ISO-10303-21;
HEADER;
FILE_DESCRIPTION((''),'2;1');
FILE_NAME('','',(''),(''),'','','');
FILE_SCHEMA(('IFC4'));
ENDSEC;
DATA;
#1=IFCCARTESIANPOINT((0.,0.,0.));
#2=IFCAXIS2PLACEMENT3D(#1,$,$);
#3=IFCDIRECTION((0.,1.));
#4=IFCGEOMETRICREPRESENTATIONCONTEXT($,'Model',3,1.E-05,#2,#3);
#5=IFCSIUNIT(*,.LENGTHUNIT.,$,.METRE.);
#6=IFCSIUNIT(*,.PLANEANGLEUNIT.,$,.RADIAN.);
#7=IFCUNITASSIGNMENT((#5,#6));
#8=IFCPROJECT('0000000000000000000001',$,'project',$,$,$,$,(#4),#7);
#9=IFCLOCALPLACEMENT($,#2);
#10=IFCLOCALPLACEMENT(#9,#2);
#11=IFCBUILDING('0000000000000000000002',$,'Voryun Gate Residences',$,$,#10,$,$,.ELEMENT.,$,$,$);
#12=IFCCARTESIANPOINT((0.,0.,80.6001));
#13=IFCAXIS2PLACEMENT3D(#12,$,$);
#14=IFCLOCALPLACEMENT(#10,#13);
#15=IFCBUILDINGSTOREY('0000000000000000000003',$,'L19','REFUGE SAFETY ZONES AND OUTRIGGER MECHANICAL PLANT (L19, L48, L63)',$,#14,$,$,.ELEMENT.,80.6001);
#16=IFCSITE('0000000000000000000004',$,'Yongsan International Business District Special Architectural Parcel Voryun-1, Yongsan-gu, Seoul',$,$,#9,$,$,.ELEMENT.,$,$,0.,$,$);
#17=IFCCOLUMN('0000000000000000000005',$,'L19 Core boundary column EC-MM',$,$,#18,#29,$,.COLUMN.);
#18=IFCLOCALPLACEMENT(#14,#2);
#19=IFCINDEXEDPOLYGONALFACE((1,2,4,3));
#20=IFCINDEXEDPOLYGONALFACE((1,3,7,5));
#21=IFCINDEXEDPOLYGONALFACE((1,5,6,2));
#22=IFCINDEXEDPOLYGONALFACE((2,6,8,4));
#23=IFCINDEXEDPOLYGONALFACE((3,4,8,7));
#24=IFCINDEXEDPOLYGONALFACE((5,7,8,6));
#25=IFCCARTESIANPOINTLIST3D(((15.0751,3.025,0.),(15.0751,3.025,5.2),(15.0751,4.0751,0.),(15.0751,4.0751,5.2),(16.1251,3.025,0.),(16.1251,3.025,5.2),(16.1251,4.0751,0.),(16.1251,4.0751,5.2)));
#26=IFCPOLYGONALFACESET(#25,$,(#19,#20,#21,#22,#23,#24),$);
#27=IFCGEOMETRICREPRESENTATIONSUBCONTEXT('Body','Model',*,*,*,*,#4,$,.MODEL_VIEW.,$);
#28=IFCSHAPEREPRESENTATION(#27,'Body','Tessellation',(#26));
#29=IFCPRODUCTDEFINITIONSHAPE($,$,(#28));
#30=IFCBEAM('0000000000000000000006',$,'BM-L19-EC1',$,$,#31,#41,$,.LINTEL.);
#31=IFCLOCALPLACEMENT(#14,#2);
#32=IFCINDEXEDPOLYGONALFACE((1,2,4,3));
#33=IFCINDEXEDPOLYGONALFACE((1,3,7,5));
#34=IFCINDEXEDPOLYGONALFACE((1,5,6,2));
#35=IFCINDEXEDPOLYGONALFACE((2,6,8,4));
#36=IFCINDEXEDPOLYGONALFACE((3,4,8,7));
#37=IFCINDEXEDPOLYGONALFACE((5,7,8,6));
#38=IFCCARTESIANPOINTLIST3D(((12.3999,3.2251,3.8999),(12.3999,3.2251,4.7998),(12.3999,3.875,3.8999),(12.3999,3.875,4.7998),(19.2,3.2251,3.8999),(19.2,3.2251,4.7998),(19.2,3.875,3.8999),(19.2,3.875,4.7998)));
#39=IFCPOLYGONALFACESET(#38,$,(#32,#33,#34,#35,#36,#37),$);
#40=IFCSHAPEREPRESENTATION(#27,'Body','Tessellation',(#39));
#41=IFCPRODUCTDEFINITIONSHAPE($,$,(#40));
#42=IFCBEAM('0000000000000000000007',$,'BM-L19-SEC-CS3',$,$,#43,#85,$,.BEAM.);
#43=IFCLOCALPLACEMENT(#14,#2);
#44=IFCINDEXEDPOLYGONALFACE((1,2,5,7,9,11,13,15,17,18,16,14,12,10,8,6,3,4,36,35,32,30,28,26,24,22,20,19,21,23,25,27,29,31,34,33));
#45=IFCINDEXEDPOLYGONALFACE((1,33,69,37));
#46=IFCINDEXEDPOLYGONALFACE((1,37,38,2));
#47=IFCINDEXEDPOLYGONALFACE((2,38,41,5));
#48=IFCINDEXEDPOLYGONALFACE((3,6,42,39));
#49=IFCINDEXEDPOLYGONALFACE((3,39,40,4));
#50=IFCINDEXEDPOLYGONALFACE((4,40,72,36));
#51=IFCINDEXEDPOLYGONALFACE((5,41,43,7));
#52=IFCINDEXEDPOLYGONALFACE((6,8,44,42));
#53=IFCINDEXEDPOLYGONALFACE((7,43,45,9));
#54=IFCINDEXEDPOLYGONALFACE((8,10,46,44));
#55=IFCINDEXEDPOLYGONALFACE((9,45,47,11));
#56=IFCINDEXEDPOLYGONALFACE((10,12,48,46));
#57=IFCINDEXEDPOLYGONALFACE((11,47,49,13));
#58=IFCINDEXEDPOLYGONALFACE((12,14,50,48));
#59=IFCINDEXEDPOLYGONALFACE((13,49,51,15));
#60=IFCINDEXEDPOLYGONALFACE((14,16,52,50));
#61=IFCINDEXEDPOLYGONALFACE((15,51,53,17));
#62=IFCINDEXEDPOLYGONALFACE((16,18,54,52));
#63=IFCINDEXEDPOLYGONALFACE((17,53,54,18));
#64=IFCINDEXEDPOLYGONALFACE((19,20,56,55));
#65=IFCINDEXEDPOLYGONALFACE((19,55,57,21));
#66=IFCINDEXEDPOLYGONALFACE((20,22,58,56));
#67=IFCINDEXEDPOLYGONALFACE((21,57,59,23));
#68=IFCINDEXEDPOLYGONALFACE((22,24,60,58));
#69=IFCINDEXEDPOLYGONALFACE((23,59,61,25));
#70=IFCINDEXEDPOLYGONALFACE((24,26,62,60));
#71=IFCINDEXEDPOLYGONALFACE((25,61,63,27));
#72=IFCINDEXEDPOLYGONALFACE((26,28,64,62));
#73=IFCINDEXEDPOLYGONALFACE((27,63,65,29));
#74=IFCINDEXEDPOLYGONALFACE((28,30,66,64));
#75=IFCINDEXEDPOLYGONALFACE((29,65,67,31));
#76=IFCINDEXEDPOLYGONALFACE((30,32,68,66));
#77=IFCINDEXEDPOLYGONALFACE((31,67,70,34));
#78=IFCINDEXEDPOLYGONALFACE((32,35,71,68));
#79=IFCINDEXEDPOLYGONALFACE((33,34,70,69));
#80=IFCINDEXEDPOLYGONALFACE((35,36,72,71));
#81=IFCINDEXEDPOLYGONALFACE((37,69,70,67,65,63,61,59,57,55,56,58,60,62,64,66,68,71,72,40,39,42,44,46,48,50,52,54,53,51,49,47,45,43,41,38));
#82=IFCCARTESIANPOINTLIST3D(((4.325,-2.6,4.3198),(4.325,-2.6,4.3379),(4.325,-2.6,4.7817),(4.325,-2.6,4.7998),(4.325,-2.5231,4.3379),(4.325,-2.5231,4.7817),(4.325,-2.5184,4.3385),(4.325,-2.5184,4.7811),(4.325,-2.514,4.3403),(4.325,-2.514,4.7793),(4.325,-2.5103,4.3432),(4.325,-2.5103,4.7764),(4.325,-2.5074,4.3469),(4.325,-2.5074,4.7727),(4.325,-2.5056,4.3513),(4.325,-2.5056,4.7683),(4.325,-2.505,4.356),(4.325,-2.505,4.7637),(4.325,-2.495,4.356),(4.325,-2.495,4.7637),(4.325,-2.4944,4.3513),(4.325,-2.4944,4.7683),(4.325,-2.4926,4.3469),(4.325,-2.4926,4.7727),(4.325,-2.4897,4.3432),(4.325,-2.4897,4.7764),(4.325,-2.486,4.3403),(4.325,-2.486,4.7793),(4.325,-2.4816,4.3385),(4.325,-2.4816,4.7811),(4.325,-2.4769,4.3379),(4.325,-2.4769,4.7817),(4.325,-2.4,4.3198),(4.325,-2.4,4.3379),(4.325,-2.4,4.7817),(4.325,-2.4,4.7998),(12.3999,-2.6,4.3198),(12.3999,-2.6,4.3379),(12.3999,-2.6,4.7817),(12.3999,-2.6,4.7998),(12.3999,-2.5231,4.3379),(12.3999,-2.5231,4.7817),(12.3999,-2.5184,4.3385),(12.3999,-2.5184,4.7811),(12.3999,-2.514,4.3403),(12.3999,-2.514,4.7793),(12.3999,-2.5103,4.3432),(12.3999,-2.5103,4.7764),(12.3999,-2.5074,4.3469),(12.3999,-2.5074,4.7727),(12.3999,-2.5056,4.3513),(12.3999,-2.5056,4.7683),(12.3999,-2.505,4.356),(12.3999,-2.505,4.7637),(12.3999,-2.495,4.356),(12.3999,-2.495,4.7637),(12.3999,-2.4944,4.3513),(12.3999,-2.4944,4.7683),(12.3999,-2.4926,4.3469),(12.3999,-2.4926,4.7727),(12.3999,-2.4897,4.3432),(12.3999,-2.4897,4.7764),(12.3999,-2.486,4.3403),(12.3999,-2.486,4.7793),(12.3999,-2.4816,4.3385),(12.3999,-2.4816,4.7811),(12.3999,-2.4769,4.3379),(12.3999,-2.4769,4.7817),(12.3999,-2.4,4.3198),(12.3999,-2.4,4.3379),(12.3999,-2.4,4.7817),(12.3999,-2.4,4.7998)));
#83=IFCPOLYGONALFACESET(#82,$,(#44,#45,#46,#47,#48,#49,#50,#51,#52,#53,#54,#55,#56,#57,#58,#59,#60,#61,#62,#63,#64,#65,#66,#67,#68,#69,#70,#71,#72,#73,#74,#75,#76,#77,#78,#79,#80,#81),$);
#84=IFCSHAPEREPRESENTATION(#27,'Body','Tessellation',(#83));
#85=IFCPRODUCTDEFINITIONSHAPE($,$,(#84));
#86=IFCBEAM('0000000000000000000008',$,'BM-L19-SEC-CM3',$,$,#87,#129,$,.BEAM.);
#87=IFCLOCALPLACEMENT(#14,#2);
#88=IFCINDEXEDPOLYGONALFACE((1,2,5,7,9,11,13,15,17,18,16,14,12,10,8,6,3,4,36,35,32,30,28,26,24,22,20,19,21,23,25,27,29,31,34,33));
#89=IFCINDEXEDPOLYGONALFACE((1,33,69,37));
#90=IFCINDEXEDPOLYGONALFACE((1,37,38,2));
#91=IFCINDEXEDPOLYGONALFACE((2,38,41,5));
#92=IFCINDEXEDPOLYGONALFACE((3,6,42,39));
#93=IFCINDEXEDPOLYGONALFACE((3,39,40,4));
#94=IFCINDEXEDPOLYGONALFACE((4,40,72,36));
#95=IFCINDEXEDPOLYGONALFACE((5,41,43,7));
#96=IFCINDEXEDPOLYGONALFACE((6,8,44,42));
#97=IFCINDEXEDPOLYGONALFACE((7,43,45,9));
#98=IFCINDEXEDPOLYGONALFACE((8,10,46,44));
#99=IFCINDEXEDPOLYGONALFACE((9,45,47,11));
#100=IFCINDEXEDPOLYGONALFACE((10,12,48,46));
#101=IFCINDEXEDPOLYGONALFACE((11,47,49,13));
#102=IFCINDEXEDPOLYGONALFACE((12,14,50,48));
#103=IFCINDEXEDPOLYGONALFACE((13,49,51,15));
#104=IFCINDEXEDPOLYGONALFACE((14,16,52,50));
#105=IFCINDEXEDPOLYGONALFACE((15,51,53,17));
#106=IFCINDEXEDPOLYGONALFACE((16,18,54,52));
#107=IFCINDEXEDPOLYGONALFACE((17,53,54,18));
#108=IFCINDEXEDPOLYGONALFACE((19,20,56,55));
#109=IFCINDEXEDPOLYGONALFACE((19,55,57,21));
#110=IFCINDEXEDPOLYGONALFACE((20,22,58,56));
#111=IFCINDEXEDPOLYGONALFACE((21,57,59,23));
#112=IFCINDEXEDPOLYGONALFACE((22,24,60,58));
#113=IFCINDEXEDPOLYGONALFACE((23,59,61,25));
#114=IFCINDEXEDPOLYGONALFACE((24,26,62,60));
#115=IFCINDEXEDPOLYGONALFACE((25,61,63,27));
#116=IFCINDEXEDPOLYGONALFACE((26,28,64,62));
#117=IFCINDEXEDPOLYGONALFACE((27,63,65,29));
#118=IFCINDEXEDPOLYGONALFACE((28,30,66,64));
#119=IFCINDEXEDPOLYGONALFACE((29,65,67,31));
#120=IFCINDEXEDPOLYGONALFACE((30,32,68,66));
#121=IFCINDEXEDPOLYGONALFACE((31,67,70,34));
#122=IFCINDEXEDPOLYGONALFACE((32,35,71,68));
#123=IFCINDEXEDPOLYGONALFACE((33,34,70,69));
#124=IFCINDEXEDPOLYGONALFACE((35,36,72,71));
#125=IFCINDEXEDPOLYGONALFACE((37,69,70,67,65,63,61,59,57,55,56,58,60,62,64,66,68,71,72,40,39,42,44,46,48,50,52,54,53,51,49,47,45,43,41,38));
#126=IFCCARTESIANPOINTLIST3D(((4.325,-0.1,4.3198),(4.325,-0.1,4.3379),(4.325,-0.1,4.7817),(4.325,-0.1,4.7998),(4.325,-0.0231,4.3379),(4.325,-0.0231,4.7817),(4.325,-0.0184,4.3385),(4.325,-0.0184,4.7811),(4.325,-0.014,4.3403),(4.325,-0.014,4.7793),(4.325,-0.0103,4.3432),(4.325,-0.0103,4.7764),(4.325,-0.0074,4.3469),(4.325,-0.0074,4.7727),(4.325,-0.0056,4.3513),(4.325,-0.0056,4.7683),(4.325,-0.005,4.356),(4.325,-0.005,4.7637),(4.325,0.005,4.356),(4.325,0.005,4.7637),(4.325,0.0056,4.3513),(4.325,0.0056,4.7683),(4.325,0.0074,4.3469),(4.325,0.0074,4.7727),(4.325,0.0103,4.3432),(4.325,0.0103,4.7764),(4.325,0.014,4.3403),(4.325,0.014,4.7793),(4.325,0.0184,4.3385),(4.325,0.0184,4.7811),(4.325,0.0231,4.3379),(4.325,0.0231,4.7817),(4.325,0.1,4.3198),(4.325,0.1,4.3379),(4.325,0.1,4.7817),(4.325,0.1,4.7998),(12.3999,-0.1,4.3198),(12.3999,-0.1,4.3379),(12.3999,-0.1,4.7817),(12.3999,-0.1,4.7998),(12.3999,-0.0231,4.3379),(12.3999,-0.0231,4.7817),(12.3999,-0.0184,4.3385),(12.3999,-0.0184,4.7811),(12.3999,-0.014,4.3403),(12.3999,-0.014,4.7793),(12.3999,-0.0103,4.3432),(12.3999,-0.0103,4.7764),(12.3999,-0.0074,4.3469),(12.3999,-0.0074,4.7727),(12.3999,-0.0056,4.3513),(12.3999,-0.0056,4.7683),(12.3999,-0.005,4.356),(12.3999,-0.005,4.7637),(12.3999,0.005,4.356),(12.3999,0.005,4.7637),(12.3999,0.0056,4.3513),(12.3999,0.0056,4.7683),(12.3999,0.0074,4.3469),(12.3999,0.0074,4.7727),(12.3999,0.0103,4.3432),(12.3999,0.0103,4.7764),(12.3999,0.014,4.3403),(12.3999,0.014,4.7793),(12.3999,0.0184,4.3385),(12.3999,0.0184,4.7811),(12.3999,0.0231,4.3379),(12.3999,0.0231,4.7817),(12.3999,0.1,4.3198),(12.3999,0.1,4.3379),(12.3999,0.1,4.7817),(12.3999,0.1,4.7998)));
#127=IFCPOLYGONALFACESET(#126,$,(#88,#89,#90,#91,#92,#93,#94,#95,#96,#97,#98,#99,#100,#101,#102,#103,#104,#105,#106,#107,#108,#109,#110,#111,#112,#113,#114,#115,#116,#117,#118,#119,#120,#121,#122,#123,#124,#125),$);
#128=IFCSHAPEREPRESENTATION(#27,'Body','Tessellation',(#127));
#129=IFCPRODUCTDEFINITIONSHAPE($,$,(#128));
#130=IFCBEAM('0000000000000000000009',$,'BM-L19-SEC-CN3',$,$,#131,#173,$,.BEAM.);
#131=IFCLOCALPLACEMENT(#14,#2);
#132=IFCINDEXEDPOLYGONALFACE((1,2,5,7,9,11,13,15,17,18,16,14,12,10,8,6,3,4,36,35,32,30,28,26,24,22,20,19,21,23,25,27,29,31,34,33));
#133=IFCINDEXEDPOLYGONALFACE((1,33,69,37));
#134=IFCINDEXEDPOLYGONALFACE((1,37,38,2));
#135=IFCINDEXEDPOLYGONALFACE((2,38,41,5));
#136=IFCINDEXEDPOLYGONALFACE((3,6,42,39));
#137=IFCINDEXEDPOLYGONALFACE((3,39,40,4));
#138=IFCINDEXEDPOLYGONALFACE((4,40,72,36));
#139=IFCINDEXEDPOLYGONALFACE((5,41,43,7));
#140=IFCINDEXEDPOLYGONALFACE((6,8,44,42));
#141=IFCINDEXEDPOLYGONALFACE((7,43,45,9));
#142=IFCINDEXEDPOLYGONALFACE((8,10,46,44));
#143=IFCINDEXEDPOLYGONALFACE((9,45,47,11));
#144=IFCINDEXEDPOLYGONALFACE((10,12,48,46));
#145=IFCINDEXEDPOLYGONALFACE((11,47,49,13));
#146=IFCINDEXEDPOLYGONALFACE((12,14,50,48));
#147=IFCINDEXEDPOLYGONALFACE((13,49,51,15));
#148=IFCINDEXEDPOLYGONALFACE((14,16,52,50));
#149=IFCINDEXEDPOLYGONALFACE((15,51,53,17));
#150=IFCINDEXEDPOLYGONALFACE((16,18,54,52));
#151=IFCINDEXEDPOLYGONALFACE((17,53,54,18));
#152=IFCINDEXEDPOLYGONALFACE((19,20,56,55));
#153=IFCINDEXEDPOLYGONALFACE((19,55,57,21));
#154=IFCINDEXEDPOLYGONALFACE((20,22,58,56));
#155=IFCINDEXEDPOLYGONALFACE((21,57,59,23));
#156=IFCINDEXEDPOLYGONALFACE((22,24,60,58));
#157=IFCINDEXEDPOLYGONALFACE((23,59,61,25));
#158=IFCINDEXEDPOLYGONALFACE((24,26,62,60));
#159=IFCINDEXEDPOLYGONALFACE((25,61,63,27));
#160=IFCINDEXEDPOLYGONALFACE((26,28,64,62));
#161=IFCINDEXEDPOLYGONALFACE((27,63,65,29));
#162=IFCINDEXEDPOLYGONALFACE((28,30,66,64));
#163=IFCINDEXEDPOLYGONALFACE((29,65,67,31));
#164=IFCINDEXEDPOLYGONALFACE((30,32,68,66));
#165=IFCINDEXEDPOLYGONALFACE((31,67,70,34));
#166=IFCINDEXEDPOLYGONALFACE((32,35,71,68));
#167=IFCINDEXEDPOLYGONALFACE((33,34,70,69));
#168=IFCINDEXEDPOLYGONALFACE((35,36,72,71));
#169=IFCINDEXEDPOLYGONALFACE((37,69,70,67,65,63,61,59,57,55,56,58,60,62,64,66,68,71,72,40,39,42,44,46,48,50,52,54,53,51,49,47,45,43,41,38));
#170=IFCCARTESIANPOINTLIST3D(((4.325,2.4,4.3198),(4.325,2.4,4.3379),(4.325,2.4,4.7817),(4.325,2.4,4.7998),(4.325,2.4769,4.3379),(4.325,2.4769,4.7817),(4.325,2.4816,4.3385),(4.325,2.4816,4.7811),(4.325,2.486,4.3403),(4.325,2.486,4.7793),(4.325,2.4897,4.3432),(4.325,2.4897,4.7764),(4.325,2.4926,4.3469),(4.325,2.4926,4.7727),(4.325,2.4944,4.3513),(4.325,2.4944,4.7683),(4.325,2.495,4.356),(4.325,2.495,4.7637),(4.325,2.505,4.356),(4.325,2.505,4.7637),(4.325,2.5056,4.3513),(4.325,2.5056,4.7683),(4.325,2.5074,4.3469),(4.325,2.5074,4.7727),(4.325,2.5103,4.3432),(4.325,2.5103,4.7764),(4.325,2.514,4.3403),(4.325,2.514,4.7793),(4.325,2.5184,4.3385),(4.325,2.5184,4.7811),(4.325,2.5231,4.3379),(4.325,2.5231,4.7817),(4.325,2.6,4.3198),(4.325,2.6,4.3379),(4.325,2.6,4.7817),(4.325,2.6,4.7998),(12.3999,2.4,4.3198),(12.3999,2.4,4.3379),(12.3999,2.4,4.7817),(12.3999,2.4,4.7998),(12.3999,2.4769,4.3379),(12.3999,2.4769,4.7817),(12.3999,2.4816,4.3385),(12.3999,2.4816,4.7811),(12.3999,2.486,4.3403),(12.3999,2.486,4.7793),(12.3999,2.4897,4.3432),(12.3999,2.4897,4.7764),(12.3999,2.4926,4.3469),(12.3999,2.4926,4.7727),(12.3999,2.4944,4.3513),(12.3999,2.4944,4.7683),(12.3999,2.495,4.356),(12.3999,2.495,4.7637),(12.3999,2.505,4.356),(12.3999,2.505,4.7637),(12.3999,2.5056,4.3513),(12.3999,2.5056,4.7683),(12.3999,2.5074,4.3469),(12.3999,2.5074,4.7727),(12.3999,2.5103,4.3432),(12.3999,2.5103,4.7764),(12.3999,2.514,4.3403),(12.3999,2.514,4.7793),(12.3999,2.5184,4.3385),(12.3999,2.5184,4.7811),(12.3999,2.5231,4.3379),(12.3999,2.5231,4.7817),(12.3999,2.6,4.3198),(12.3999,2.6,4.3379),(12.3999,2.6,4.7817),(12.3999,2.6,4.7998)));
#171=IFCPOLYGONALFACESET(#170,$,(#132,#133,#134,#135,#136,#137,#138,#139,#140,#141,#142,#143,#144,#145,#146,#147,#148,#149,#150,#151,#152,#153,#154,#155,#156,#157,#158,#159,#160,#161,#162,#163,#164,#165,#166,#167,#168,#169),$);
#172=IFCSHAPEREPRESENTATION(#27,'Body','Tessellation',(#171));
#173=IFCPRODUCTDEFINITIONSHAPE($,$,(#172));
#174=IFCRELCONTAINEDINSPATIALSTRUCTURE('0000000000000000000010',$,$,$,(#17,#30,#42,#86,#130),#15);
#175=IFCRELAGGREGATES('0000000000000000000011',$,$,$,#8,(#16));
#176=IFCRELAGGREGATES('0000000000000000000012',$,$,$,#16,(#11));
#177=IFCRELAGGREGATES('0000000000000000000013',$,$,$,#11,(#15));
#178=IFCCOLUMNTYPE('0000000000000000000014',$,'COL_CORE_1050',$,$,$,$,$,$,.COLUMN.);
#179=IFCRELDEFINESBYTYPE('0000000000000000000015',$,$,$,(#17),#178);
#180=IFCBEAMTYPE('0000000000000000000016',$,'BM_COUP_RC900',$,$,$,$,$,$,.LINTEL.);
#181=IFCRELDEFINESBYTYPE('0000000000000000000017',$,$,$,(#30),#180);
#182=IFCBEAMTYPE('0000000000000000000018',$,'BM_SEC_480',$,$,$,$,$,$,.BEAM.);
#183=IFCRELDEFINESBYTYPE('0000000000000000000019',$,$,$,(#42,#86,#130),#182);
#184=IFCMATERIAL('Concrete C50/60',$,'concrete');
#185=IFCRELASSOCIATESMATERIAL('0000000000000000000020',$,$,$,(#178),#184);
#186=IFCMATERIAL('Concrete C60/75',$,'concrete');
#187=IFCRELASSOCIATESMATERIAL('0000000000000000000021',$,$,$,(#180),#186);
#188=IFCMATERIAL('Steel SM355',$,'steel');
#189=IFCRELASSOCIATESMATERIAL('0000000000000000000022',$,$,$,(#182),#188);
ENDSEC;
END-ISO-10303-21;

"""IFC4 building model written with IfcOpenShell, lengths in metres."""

from ifc_helpers import new_model, si_unit, direction, frame, origin, origin_2d, place, context, subcontext, project, spatial, rectangle, i_section, extrude, material, material_profile, profile_set, type_object, element, save


model = new_model("IFC4")

# Units and contexts
model_context = context("Model", 3, precision=1e-05, world=origin(), true_north=direction((0.0, 1.0)))
body_context = subcontext(model_context, "Body", "Model", "MODEL_VIEW")
ifc_project = project(units=[si_unit("LENGTHUNIT", "METRE"), si_unit("PLANEANGLEUNIT", "RADIAN")], contexts=[model_context])

# Site, building, storey
site_placement = place(None, origin())
site = spatial("IfcSite", under=ifc_project, at=site_placement, Name="Yongsan International Business District Special Architectural Parcel Voryun-1, Yongsan-gu, Seoul", CompositionType="ELEMENT", RefElevation=0.0)
building_placement = place(site_placement, origin())
building = spatial("IfcBuilding", under=site, at=building_placement, Name="Voryun Gate Residences", CompositionType="ELEMENT")
storey_placement = place(building_placement, frame((0.0, 0.0, 80.6001)))
storey = spatial("IfcBuildingStorey", under=building, at=storey_placement, Name="L19", Description="REFUGE SAFETY ZONES AND OUTRIGGER MECHANICAL PLANT (L19, L48, L63)", CompositionType="ELEMENT", Elevation=80.6001)

# Column
ifc_material_1 = material(Name="Concrete C50/60", Category="concrete")
ifc_material_profile_1 = material_profile(ifc_material_1, rectangle(XDim=1.05, YDim=1.05, at=origin_2d()), Name="RC-1050x1050")
ifc_profile_set_1 = profile_set([ifc_material_profile_1], Name="Concrete C50/60")
column_type = type_object("IfcColumnType", Name="COL_CORE_1050", PredefinedType="COLUMN", material=ifc_profile_set_1)
column_placement = place(storey_placement, frame((15.6001, 3.55, 0.0), z_axis=(0.0, 0.0, 1.0), x_axis=(1.0, 0.0, 0.0)))
element("IfcColumn", 1, at=column_placement, inside=storey, type_object=column_type, Name="L19 Core boundary column EC-MM", PredefinedType="COLUMN", context=body_context, shape_type="SweptSolid", body=[
    extrude(rectangle(XDim=1.05, YDim=1.05, at=origin_2d()), origin(), (0.0, 0.0, 1.0), 5.2),
])

# Beams
ifc_material_2 = material(Name="Concrete C60/75", Category="concrete")
ifc_material_profile_2 = material_profile(ifc_material_2, rectangle(XDim=0.6499, YDim=0.8999, at=origin_2d()), Name="RC-650x900")
ifc_profile_set_2 = profile_set([ifc_material_profile_2], Name="Concrete C60/75")
beam_type_1 = type_object("IfcBeamType", Name="BM_COUP_RC900", PredefinedType="LINTEL", material=ifc_profile_set_2)
beam_placement = place(storey_placement, frame((12.3999, 3.55, 4.3499), z_axis=(1.0, 0.0, 0.0), x_axis=(0.0, 1.0, 0.0)))
element("IfcBeam", 2, at=beam_placement, inside=storey, type_object=beam_type_1, Name="BM-L19-EC1", PredefinedType="LINTEL", context=body_context, shape_type="SweptSolid", body=[
    extrude(rectangle(XDim=0.6499, YDim=0.8999, at=origin_2d()), origin(), (0.0, 0.0, 1.0), 6.8),
])
ifc_material_3 = material(Name="Steel SM355", Category="steel")
ifc_material_profile_3 = material_profile(ifc_material_3, i_section(OverallWidth=0.2, OverallDepth=0.48, WebThickness=0.01, FlangeThickness=0.0181, FilletRadius=0.0181, at=origin_2d()), Name="H-480x200x10x18")
ifc_profile_set_3 = profile_set([ifc_material_profile_3], Name="Steel SM355")
beam_type_2 = type_object("IfcBeamType", Name="BM_SEC_480", PredefinedType="BEAM", material=ifc_profile_set_3)
for number, where, z_axis, x_axis, name in (
    (3, (4.325, -2.5, 4.5598), (1.0, 0.0, 0.0), (0.0, 1.0, 0.0), "BM-L19-SEC-CS3"),
    (4, (4.325, 0.0, 4.5598), (1.0, 0.0, 0.0), (0.0, 1.0, 0.0), "BM-L19-SEC-CM3"),
    (5, (4.325, 2.5, 4.5598), (1.0, 0.0, 0.0), (0.0, 1.0, 0.0), "BM-L19-SEC-CN3"),
):
    element("IfcBeam", number, at=place(storey_placement, frame(where, z_axis=z_axis, x_axis=x_axis)), inside=storey, type_object=beam_type_2, Name=name, PredefinedType="BEAM", context=body_context, shape_type="SweptSolid", body=[
        extrude(i_section(OverallWidth=0.2, OverallDepth=0.48, WebThickness=0.01, FlangeThickness=0.0181, FilletRadius=0.0181, at=origin_2d()), origin(), (0.0, 0.0, 1.0), 8.075),
    ])

save(model, "model.ifc")
